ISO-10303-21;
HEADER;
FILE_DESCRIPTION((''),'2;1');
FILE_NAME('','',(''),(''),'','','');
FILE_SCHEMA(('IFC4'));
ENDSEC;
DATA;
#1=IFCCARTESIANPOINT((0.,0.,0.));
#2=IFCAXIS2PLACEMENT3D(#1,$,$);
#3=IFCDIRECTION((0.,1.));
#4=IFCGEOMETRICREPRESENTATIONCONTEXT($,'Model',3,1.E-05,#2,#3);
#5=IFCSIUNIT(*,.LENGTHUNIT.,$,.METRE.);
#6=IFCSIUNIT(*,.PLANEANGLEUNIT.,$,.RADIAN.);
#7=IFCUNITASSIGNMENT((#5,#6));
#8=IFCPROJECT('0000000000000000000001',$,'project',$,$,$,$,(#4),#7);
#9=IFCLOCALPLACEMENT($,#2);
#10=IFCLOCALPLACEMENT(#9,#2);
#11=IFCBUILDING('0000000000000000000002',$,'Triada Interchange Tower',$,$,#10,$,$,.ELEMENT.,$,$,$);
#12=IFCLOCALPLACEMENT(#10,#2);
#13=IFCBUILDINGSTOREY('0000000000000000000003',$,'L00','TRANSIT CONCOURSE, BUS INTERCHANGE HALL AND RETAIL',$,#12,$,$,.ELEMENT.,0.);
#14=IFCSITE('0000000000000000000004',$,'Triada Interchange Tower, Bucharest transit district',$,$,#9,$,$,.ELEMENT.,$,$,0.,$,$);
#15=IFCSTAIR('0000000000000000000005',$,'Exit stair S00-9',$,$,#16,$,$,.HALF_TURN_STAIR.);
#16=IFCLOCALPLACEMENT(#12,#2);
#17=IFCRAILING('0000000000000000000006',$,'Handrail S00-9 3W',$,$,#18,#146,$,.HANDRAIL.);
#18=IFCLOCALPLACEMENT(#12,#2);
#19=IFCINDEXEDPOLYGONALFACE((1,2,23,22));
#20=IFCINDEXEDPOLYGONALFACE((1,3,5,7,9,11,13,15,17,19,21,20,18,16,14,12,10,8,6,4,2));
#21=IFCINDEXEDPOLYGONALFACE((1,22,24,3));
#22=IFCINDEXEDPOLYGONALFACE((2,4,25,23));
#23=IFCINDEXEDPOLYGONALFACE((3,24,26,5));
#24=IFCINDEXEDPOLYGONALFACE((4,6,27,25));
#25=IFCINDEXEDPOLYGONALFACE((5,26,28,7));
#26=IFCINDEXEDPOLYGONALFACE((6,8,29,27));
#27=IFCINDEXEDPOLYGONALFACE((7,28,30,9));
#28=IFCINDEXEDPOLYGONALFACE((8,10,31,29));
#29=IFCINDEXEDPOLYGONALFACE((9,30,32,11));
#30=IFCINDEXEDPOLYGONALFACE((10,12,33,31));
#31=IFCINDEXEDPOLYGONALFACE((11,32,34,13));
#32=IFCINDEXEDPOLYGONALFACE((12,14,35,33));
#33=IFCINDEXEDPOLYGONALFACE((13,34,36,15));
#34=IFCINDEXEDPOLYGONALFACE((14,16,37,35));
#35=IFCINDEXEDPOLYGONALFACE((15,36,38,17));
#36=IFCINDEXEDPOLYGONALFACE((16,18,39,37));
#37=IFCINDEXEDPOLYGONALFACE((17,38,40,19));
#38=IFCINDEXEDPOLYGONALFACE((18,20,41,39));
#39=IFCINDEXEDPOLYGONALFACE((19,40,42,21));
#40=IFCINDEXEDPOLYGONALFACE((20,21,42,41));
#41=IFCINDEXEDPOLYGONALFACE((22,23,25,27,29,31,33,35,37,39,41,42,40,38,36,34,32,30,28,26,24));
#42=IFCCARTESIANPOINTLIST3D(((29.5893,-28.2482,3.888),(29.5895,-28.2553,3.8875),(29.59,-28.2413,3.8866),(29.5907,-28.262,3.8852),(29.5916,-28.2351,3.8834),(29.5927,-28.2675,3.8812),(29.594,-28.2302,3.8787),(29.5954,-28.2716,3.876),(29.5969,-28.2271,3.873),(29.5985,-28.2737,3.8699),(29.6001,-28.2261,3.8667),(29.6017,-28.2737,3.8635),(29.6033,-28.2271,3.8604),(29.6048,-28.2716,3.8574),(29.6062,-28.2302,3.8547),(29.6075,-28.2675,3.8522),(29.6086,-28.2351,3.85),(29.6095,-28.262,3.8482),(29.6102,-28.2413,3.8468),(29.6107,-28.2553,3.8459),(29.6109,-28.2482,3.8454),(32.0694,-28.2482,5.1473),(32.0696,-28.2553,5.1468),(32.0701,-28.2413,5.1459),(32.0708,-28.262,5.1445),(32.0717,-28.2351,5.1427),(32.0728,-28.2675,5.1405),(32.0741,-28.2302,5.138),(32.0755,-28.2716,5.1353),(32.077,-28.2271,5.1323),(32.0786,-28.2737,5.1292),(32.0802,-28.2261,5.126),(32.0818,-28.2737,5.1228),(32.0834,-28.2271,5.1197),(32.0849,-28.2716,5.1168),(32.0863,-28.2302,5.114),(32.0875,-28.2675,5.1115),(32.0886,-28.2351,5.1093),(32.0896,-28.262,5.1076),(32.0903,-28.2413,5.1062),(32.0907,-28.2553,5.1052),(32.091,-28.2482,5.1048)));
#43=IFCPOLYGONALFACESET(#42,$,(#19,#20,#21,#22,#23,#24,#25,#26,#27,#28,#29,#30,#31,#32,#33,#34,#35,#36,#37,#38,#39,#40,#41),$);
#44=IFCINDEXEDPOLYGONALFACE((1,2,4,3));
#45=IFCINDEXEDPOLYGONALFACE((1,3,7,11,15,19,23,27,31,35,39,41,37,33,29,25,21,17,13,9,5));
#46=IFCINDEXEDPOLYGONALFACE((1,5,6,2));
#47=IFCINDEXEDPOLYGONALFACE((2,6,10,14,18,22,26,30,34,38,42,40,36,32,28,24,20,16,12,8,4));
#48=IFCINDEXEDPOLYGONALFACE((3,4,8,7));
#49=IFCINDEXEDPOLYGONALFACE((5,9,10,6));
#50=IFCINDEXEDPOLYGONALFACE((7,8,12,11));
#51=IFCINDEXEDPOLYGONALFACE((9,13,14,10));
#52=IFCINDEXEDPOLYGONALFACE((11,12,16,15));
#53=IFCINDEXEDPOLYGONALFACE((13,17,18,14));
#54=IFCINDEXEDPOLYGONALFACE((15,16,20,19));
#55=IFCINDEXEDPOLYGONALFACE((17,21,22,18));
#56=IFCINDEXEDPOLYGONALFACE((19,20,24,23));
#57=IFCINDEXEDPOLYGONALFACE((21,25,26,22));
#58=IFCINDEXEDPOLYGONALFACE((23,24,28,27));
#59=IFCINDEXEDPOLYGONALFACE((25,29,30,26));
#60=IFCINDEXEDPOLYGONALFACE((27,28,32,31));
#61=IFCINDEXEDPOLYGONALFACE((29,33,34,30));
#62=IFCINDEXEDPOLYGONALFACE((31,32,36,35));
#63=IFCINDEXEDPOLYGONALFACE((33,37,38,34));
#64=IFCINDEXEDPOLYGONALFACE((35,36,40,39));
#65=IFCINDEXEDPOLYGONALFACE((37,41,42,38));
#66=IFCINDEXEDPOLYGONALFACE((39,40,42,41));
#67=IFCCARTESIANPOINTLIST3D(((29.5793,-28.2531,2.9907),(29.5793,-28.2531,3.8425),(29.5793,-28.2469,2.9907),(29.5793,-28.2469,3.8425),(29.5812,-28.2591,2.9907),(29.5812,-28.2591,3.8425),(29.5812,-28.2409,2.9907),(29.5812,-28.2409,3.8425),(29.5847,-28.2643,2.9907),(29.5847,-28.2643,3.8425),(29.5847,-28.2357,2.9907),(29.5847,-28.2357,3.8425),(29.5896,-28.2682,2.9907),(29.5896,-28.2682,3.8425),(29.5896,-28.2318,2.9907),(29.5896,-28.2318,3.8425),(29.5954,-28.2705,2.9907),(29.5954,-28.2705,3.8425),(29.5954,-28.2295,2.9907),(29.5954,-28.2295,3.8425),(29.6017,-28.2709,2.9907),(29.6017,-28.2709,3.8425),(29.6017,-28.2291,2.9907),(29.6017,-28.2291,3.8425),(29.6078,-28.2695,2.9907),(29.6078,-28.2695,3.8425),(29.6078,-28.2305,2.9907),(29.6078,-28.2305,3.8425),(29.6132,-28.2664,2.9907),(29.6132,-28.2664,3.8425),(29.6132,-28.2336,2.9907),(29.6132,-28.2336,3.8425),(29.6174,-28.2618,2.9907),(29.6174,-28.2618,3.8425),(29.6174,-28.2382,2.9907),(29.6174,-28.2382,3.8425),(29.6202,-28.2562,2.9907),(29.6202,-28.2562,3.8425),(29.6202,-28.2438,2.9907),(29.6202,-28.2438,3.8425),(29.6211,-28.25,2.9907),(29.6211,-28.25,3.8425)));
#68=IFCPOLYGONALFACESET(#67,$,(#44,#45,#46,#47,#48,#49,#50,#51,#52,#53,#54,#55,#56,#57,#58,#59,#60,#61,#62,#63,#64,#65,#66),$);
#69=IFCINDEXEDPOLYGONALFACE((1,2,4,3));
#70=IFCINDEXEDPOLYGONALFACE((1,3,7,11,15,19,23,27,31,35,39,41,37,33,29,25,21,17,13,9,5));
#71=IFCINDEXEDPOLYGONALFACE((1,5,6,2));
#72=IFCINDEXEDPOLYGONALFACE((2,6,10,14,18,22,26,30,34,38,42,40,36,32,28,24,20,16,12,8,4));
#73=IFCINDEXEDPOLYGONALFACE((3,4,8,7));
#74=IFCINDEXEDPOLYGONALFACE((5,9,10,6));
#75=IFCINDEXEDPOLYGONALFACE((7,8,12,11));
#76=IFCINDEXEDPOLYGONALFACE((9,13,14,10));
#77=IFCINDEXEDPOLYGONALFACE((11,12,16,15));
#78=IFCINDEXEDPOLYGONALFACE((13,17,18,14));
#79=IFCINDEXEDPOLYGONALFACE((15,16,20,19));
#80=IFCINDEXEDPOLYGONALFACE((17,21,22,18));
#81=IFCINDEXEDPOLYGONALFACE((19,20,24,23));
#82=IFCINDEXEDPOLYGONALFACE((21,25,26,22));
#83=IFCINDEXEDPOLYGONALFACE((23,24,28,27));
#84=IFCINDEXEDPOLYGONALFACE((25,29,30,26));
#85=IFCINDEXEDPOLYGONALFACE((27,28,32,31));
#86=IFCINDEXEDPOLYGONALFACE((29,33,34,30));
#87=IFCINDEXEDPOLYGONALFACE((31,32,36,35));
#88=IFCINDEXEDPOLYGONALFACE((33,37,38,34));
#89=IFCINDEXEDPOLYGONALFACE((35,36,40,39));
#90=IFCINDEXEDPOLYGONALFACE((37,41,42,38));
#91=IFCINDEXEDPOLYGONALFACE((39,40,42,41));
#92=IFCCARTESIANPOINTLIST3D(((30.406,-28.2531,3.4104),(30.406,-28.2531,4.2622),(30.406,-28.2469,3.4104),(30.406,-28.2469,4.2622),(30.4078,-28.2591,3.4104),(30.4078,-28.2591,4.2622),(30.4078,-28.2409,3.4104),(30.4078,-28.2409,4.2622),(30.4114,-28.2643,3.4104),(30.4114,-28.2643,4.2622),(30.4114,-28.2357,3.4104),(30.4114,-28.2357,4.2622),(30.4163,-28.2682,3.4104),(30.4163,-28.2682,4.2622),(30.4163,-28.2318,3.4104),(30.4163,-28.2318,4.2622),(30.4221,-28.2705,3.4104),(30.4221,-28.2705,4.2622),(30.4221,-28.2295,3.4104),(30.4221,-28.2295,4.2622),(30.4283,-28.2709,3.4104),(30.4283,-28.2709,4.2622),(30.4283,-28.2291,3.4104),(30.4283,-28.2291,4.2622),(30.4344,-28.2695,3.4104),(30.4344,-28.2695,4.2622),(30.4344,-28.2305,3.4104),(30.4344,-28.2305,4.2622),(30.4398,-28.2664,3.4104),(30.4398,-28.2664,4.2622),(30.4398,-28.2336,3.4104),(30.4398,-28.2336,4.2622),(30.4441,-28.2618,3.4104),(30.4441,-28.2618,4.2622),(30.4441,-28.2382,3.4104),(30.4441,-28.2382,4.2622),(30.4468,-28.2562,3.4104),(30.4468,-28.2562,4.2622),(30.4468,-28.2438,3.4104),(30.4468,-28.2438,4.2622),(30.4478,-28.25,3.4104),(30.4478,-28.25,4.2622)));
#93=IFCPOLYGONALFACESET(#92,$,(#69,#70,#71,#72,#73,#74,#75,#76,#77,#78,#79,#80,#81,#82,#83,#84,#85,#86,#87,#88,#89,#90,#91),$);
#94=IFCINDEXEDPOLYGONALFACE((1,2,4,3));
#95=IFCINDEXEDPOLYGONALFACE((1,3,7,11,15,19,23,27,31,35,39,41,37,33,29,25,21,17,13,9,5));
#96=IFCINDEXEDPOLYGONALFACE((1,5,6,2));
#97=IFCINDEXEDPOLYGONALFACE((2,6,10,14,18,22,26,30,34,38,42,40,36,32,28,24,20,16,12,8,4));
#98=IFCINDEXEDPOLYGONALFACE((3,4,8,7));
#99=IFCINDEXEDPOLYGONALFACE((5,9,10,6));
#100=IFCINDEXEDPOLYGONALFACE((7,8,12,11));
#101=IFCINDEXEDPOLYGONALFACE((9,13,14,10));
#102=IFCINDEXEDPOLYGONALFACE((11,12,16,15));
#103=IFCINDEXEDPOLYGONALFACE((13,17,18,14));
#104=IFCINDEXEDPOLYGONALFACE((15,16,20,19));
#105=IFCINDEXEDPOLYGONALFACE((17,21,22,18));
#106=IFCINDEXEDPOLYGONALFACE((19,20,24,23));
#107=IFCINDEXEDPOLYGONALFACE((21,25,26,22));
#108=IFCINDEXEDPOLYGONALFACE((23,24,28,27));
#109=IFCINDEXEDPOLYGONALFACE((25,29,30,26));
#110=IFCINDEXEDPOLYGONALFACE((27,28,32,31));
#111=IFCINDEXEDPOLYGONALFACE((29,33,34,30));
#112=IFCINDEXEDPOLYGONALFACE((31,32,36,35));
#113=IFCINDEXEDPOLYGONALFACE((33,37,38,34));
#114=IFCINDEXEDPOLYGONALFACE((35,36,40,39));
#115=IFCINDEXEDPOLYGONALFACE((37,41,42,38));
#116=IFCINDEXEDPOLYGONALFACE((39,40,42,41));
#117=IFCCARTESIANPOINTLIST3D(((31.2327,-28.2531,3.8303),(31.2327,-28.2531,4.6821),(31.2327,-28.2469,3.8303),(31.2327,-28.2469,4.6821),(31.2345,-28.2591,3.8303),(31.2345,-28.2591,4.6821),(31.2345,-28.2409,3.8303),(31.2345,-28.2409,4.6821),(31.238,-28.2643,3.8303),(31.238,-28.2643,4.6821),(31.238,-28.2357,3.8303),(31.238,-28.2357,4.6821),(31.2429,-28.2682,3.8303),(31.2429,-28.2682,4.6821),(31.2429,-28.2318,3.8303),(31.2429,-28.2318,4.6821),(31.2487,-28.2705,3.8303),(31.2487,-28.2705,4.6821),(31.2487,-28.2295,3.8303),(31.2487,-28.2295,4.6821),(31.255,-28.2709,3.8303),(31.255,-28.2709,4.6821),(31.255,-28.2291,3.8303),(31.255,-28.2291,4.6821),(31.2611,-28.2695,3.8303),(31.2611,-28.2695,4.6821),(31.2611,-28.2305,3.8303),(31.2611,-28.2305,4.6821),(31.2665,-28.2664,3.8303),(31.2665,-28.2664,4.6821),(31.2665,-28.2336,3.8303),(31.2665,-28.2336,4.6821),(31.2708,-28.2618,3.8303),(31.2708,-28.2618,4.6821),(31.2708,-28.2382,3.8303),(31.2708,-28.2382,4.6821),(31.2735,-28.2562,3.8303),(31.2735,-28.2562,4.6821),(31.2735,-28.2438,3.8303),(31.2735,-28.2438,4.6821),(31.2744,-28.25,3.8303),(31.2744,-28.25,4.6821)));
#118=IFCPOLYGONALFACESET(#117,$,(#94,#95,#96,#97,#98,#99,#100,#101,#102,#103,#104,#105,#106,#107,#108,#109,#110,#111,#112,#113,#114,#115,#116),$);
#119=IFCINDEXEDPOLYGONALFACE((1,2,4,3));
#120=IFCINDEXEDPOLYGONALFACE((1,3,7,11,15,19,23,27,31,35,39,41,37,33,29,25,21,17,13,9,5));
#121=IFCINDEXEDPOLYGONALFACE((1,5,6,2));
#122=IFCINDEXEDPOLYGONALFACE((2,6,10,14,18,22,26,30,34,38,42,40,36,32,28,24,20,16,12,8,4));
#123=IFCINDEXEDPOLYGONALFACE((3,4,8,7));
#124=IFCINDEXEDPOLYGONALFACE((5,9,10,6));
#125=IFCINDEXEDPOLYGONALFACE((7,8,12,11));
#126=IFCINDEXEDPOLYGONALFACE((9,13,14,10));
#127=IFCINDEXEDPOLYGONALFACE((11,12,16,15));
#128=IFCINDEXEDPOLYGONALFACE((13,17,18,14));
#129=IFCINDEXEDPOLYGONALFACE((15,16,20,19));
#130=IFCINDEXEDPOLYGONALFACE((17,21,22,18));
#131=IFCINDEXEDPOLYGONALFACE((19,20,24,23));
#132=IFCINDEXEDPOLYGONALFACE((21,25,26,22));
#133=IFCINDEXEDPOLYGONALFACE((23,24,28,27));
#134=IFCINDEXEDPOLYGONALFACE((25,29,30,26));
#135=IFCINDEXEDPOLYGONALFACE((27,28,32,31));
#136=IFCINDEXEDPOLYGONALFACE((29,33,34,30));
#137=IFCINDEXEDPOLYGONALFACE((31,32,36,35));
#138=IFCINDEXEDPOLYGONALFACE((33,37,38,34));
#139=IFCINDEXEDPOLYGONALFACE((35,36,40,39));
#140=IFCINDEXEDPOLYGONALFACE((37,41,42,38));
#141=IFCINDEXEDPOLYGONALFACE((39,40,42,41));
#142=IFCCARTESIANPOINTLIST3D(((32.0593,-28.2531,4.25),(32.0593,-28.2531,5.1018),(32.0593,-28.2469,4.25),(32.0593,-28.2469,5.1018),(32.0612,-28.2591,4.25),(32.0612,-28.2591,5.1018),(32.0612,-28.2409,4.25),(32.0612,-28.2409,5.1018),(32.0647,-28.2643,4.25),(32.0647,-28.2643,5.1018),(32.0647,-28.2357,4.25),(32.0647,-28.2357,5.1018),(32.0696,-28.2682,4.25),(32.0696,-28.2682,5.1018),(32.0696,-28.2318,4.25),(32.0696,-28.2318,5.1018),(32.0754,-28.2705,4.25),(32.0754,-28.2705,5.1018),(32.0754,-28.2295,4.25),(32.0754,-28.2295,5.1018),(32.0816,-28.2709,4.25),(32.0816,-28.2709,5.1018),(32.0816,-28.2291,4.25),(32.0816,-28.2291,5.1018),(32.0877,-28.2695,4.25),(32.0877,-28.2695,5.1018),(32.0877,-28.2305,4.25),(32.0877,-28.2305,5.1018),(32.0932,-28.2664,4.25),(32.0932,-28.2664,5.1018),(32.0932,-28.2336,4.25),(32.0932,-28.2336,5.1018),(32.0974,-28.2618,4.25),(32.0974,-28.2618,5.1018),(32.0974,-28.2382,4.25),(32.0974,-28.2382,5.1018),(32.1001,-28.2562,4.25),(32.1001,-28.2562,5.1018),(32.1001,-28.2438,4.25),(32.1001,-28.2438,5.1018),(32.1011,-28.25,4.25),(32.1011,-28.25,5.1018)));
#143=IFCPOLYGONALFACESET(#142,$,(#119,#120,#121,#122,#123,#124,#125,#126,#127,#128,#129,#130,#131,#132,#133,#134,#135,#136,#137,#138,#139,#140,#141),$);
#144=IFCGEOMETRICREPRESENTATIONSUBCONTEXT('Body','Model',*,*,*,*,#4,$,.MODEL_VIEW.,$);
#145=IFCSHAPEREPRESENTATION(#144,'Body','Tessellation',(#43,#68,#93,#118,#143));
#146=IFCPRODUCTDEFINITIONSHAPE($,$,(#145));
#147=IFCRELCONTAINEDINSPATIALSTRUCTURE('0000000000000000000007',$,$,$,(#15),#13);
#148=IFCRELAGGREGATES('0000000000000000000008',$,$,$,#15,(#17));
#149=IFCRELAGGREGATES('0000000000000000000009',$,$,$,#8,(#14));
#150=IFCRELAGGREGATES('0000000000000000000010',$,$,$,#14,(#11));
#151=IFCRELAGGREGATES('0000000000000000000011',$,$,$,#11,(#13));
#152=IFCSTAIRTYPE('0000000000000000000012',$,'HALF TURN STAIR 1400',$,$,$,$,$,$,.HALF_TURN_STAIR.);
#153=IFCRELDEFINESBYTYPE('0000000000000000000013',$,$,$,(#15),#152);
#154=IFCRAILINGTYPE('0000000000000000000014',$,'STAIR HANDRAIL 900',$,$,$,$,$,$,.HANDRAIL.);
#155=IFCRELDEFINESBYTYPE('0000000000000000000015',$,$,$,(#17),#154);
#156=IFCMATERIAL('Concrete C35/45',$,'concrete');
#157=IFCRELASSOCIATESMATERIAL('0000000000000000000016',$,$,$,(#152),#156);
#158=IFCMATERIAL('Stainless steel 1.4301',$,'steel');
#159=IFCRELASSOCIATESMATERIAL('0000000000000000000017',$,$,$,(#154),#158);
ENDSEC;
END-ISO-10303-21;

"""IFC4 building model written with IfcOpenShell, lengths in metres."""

from ifc_helpers import new_model, si_unit, direction, frame, origin, origin_2d, place, context, subcontext, project, spatial, circle, extrude, material, type_object, element, aggregate, save


model = new_model("IFC4")

# Units and contexts
model_context = context("Model", 3, precision=1e-05, world=origin(), true_north=direction((0.0, 1.0)))
body_context = subcontext(model_context, "Body", "Model", "MODEL_VIEW")
ifc_project = project(units=[si_unit("LENGTHUNIT", "METRE"), si_unit("PLANEANGLEUNIT", "RADIAN")], contexts=[model_context])

# Site, building, storey
site_placement = place(None, origin())
site = spatial("IfcSite", under=ifc_project, at=site_placement, Name="Triada Interchange Tower, Bucharest transit district", CompositionType="ELEMENT", RefElevation=0.0)
building_placement = place(site_placement, origin())
building = spatial("IfcBuilding", under=site, at=building_placement, Name="Triada Interchange Tower", CompositionType="ELEMENT")
storey_placement = place(building_placement, origin())
storey = spatial("IfcBuildingStorey", under=building, at=storey_placement, Name="L00", Description="TRANSIT CONCOURSE, BUS INTERCHANGE HALL AND RETAIL", CompositionType="ELEMENT", Elevation=0.0)

# Stair, railing
ifc_material_1 = material(Name="Concrete C35/45", Category="concrete")
stair_type = type_object("IfcStairType", Name="HALF TURN STAIR 1400", PredefinedType="HALF_TURN_STAIR", material=ifc_material_1)
stair_placement = place(storey_placement, origin())
stair = element("IfcStair", 1, at=stair_placement, inside=storey, type_object=stair_type, Name="Exit stair S00-9", PredefinedType="HALF_TURN_STAIR")
ifc_material_2 = material(Name="Stainless steel 1.4301", Category="steel")
railing_type = type_object("IfcRailingType", Name="STAIR HANDRAIL 900", PredefinedType="HANDRAIL", material=ifc_material_2)
railing_1_placement = place(storey_placement, frame((29.6001, -28.25, 2.9907)))
railing_1 = element("IfcRailing", 2, at=railing_1_placement, type_object=railing_type, Name="Handrail S00-9 3W", PredefinedType="HANDRAIL", context=body_context, shape_type="SweptSolid", body=[
    extrude(circle(Radius=0.0239, at=origin_2d()), frame((0.0, 0.0, 0.876), z_axis=(0.891636, 0.0, 0.452752), x_axis=(0.0, 1.0, 0.0)), (0.0, 0.0, 1.0), 2.7815),
    extrude(circle(Radius=0.021, at=origin_2d()), origin(), (0.0, 0.0, 1.0), 0.8518),
    extrude(circle(Radius=0.021, at=origin_2d()), frame((0.8267, 0.0, 0.4197)), (0.0, 0.0, 1.0), 0.8518),
    extrude(circle(Radius=0.021, at=origin_2d()), frame((1.6533, 0.0, 0.8396)), (0.0, 0.0, 1.0), 0.8518),
    extrude(circle(Radius=0.021, at=origin_2d()), frame((2.48, 0.0, 1.2593)), (0.0, 0.0, 1.0), 0.8518),
])
aggregate(stair, [railing_1])

save(model, "model.ifc")
